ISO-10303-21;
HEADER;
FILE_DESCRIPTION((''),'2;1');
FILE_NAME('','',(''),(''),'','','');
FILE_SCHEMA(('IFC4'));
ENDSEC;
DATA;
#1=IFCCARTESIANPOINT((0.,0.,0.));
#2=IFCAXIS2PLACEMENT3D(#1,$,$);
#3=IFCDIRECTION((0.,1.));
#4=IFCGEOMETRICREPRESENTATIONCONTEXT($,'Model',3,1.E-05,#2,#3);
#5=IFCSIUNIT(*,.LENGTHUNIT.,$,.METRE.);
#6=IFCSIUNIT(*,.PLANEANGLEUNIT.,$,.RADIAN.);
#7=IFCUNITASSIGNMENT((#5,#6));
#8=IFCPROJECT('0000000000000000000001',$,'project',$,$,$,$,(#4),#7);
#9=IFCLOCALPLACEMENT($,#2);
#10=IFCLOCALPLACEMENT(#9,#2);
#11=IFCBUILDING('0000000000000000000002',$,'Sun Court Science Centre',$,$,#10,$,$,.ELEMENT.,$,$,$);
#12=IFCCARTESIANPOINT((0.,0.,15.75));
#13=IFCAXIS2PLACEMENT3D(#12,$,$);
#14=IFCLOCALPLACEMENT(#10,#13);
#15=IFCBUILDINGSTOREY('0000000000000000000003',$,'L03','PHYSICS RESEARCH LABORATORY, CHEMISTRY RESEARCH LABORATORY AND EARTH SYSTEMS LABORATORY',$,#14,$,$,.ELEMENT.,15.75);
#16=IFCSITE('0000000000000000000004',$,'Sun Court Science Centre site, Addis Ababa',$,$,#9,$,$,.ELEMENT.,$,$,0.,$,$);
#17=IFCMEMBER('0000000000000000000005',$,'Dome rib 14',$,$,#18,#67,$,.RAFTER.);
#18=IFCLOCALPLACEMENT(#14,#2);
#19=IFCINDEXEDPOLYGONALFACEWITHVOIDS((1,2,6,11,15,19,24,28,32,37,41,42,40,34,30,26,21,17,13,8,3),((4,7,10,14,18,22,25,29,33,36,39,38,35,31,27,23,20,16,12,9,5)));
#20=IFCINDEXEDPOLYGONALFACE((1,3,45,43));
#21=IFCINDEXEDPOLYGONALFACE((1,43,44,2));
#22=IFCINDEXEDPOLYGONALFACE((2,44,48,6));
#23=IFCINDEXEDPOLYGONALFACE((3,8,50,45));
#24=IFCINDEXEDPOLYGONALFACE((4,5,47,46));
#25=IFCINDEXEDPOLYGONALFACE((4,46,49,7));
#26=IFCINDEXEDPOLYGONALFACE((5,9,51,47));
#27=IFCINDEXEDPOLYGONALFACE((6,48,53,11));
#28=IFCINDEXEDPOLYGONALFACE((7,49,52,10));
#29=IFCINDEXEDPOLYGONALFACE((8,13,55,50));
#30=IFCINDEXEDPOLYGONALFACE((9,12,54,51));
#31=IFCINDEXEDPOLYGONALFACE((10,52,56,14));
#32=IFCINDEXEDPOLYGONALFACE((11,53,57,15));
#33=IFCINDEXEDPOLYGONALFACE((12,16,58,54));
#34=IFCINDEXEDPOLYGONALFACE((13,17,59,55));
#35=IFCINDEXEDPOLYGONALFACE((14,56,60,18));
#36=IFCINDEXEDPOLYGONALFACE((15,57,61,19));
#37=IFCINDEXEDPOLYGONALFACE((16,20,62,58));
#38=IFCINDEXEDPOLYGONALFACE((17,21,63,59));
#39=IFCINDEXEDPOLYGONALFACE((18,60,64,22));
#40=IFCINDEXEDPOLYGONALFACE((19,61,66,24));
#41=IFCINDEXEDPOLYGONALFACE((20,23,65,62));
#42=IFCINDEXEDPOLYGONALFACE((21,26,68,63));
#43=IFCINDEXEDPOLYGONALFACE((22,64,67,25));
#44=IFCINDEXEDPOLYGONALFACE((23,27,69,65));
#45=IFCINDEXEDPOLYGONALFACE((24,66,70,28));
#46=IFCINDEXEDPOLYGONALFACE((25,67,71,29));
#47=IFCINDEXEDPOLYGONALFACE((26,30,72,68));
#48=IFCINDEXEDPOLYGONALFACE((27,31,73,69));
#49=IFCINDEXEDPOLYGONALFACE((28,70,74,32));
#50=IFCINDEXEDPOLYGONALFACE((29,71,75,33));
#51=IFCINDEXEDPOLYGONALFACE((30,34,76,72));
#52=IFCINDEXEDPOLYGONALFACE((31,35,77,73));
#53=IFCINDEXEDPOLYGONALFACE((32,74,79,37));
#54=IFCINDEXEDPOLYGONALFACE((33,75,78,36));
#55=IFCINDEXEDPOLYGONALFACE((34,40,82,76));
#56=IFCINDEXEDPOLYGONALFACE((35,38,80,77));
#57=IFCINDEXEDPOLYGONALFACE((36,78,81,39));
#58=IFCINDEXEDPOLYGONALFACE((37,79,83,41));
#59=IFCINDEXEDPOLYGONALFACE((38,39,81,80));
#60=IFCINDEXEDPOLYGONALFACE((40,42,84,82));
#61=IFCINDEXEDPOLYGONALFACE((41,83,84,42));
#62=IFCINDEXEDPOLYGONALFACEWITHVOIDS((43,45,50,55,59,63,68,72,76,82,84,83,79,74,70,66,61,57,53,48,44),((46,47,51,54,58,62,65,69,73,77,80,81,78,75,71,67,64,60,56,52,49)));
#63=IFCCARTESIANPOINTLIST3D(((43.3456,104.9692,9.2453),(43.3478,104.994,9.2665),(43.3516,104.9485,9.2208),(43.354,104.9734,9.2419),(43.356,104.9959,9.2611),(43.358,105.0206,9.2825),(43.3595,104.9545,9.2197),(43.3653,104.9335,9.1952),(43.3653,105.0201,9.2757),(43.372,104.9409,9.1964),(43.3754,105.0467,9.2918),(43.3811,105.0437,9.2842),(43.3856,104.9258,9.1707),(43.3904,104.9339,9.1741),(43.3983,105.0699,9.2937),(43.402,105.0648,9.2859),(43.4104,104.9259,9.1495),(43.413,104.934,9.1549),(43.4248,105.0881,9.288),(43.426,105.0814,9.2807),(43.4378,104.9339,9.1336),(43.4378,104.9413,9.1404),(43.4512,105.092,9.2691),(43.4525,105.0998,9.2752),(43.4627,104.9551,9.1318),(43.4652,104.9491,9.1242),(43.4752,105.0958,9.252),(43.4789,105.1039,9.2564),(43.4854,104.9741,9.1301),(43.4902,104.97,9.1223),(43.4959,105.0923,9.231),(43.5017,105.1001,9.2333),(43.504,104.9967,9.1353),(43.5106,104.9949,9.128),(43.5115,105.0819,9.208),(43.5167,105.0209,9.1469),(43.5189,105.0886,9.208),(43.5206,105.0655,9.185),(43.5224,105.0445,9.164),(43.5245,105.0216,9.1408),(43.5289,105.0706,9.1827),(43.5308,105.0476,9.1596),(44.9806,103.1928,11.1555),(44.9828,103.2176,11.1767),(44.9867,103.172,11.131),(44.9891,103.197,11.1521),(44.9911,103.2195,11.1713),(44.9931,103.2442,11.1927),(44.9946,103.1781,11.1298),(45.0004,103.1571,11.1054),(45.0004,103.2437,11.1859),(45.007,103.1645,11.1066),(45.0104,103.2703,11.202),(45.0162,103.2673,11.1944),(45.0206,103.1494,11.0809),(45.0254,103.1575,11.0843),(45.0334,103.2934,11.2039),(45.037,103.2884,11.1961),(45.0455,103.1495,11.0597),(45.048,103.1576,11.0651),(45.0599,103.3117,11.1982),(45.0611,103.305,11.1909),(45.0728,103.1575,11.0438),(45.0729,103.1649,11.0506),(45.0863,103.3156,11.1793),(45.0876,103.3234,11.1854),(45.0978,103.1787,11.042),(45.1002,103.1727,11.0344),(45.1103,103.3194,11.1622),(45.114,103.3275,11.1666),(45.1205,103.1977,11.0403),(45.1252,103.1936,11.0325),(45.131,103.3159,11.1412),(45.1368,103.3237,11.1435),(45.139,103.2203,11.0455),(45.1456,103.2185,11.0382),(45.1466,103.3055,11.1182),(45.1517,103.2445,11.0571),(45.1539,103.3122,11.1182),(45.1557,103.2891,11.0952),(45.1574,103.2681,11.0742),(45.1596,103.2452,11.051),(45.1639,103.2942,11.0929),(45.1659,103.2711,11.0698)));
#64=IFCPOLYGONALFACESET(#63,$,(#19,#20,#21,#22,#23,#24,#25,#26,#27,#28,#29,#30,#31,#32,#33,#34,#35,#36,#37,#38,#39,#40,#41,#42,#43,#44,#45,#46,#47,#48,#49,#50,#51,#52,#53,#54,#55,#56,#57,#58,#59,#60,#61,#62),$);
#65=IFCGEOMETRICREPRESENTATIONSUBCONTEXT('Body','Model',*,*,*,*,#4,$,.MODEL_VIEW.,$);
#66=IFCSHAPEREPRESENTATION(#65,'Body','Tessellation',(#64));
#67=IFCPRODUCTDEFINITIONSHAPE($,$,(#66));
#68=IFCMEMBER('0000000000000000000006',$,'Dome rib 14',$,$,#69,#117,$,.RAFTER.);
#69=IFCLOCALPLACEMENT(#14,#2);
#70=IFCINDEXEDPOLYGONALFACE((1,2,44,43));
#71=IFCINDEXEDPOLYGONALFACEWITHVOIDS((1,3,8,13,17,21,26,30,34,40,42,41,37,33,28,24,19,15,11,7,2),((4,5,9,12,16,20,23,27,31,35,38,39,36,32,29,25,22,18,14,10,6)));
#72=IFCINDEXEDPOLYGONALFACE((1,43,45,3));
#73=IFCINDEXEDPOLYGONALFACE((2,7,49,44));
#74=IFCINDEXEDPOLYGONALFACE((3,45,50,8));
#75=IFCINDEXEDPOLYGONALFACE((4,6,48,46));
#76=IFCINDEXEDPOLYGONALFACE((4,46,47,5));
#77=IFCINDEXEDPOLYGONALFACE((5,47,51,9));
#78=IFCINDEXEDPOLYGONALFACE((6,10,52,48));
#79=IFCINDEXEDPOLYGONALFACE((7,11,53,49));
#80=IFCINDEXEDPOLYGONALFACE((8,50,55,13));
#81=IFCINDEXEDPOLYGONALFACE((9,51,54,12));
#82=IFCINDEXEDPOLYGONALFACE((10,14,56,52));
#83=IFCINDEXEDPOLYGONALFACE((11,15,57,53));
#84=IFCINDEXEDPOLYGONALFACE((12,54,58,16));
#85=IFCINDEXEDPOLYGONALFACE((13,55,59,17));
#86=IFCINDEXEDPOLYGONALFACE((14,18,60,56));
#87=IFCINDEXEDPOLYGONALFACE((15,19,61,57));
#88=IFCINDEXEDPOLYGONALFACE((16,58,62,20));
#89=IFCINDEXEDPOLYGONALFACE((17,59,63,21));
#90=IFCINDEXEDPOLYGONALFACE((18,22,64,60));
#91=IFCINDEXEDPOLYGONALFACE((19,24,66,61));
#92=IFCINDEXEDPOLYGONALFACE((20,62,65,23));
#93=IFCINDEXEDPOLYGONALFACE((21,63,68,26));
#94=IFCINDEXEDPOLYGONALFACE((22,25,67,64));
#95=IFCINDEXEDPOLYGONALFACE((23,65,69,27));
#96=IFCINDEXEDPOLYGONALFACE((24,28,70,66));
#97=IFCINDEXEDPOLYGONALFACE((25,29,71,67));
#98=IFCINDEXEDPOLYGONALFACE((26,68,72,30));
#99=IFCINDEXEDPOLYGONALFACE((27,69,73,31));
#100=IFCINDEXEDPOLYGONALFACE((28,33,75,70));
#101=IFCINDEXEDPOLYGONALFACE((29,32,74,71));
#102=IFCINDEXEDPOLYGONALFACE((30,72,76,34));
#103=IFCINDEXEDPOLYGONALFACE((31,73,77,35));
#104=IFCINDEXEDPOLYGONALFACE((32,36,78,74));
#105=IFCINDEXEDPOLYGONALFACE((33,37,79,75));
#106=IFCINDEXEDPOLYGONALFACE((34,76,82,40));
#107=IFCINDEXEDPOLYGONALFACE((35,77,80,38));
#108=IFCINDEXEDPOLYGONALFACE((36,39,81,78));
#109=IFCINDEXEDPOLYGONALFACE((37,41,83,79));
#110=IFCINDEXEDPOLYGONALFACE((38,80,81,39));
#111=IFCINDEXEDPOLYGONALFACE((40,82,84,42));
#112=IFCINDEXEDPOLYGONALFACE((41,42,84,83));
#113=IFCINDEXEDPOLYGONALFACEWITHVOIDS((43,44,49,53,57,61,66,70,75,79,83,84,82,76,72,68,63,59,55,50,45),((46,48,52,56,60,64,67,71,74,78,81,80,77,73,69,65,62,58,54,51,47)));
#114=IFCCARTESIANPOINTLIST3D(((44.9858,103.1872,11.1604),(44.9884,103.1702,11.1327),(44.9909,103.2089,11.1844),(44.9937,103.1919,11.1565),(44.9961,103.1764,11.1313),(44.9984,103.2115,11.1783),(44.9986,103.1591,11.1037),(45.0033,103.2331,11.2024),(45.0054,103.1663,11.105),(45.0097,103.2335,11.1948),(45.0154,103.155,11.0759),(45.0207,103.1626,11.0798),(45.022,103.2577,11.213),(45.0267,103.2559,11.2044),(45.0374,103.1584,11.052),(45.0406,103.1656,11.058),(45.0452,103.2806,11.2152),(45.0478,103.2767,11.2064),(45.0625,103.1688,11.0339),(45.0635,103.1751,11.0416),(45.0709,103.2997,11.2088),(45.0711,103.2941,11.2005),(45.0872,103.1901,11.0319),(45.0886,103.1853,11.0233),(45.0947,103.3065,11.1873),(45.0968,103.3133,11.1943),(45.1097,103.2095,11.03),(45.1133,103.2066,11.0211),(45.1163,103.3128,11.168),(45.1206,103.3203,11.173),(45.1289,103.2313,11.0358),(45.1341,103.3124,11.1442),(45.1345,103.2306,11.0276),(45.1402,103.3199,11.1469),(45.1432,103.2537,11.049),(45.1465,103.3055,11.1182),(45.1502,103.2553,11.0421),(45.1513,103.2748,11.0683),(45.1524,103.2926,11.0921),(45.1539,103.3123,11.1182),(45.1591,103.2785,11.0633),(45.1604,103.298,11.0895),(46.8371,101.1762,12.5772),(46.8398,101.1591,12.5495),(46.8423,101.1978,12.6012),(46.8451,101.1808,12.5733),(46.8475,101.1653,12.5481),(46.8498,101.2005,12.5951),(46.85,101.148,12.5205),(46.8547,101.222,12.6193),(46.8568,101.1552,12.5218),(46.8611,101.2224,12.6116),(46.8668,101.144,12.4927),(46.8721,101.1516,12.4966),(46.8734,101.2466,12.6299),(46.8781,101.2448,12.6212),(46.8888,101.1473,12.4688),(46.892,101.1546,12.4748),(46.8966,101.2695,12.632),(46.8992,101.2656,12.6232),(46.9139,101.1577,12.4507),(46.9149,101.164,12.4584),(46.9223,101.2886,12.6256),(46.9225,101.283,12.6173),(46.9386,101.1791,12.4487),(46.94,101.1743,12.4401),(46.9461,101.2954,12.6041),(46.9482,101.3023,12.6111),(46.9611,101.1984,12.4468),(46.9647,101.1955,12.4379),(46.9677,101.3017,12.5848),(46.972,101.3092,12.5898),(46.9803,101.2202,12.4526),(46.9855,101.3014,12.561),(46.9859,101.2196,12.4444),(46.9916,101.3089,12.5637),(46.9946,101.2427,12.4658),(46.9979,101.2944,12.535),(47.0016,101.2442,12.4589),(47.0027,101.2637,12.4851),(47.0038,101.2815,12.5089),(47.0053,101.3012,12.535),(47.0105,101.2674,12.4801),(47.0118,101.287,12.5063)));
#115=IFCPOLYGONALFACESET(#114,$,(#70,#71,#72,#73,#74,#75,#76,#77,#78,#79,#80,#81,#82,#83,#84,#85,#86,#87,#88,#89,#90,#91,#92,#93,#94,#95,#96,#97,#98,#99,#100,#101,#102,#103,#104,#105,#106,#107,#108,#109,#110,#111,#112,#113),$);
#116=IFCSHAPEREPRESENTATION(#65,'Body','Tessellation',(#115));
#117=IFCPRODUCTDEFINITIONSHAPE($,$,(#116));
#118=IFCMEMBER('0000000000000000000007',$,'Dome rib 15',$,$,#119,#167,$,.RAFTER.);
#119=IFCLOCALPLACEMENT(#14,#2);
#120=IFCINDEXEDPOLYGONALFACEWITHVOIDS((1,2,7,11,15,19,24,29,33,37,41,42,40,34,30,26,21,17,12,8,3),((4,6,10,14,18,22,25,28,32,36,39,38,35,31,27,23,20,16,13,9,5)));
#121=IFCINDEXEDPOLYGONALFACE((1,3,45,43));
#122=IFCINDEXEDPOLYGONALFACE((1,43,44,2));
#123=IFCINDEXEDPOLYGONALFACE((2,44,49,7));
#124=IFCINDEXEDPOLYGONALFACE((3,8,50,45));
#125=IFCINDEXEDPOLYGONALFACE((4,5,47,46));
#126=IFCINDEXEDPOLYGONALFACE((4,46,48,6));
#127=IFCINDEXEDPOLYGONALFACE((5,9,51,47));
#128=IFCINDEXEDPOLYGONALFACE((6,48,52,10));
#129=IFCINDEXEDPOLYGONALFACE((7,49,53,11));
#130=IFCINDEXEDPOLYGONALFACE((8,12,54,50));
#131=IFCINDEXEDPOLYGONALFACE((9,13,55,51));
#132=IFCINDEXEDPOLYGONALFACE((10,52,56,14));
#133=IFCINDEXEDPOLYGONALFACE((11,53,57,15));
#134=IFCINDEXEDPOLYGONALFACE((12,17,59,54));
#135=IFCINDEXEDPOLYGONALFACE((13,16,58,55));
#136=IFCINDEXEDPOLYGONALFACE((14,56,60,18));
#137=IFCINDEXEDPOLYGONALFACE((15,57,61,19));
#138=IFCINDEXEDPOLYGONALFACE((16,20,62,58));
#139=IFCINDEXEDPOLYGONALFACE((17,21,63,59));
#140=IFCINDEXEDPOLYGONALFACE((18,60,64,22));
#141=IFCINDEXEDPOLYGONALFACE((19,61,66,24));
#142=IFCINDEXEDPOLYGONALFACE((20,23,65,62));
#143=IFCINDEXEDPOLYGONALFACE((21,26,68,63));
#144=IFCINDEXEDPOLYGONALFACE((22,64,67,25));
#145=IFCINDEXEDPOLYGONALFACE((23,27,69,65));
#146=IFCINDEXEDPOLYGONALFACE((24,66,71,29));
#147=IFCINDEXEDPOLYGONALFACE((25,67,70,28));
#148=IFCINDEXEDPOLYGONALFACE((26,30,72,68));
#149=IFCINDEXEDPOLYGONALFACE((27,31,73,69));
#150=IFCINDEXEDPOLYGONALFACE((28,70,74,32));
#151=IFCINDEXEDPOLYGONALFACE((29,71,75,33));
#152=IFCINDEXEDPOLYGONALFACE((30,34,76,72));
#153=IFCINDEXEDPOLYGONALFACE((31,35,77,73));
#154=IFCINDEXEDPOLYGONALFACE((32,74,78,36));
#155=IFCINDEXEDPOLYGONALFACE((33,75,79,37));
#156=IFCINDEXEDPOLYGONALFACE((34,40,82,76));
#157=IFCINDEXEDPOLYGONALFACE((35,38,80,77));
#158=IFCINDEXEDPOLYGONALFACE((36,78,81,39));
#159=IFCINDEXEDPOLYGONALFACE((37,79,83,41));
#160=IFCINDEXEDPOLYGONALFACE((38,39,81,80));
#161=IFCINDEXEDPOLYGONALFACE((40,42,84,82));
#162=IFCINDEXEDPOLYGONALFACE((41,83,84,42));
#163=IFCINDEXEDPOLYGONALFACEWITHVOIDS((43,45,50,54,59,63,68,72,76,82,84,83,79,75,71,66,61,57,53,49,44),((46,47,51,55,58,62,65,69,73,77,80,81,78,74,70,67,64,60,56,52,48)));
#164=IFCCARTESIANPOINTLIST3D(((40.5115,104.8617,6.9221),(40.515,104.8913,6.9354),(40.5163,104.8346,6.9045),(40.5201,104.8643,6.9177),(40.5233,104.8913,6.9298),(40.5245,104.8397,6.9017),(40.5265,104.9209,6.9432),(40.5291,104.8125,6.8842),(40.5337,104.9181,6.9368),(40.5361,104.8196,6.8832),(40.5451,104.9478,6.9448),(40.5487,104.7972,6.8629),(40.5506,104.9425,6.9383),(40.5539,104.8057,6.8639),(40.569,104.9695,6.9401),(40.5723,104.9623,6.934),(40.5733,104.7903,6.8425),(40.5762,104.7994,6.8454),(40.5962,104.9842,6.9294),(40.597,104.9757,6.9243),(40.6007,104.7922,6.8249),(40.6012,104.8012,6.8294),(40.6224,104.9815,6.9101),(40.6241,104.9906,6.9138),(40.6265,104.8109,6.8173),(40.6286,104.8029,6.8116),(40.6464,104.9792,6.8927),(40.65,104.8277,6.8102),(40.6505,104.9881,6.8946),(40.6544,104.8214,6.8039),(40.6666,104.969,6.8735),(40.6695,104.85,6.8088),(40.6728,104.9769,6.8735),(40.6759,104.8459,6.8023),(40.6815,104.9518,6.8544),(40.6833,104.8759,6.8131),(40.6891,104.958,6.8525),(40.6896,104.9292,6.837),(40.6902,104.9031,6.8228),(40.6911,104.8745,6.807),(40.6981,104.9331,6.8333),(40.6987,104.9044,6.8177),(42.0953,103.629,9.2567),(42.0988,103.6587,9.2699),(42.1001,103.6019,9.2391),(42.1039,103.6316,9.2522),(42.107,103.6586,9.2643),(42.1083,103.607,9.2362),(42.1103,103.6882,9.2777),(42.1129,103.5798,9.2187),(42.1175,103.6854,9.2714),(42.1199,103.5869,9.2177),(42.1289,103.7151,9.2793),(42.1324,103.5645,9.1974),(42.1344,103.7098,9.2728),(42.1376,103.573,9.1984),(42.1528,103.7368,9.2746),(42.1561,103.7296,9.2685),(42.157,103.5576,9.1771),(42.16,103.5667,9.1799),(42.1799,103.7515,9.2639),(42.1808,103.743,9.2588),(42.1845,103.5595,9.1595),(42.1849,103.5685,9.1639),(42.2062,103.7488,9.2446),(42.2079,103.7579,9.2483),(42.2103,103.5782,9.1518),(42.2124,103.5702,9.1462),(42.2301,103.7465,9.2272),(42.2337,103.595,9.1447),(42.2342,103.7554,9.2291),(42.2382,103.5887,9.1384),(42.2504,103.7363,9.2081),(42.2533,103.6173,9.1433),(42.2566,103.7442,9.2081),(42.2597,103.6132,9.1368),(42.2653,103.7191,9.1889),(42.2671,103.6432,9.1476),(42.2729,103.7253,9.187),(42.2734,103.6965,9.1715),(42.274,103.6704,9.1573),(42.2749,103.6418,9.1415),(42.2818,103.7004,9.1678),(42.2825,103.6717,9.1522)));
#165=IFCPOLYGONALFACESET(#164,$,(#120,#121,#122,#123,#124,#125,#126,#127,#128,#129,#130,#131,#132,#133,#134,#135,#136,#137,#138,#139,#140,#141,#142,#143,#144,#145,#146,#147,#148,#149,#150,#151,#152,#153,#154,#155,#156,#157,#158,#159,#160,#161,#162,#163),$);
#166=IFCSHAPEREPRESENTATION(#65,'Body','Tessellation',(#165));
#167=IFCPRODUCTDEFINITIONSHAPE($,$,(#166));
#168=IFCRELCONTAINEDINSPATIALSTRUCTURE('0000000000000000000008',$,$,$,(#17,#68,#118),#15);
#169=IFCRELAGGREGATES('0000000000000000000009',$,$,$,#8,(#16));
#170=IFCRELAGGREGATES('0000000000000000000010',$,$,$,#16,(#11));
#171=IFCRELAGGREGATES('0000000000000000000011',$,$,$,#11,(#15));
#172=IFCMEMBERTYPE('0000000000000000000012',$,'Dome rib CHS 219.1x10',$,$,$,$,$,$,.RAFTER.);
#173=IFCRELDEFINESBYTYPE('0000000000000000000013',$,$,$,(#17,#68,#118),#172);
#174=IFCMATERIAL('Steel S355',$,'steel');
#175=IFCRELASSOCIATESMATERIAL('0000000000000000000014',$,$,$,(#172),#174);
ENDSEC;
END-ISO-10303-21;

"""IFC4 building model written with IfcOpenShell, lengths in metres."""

from ifc_helpers import new_model, si_unit, direction, frame, origin, origin_2d, place, context, subcontext, project, spatial, hollow_circle, extrude, material, material_profile, profile_set, type_object, element, save


model = new_model("IFC4")

# Units and contexts
model_context = context("Model", 3, precision=1e-05, world=origin(), true_north=direction((0.0, 1.0)))
body_context = subcontext(model_context, "Body", "Model", "MODEL_VIEW")
ifc_project = project(units=[si_unit("LENGTHUNIT", "METRE"), si_unit("PLANEANGLEUNIT", "RADIAN")], contexts=[model_context])

# Site, building, storey
site_placement = place(None, origin())
site = spatial("IfcSite", under=ifc_project, at=site_placement, Name="Sun Court Science Centre site, Addis Ababa", CompositionType="ELEMENT", RefElevation=0.0)
building_placement = place(site_placement, origin())
building = spatial("IfcBuilding", under=site, at=building_placement, Name="Sun Court Science Centre", CompositionType="ELEMENT")
storey_placement = place(building_placement, frame((0.0, 0.0, 15.75)))
storey = spatial("IfcBuildingStorey", under=building, at=storey_placement, Name="L03", Description="PHYSICS RESEARCH LABORATORY, CHEMISTRY RESEARCH LABORATORY AND EARTH SYSTEMS LABORATORY", CompositionType="ELEMENT", Elevation=15.75)

# Members
ifc_material_1 = material(Name="Steel S355", Category="steel")
ifc_material_profile_1 = material_profile(ifc_material_1, hollow_circle(Radius=0.1096, WallThickness=0.01, at=origin_2d()), Name="CHS 219.1x10")
ifc_profile_set_1 = profile_set([ifc_material_profile_1], Name="Steel S355")
member_type_1 = type_object("IfcMemberType", Name="Dome rib CHS 219.1x10", PredefinedType="RAFTER", material=ifc_profile_set_1)
for number, where, z_axis, x_axis, name in (
    (1, (43.4382, 105.0144, 9.208), (0.531098, -0.577015, 0.620474), (0.735776, 0.677225, 0.0), "Dome rib 14"),
):
    element("IfcMember", number, at=place(storey_placement, frame(where, z_axis=z_axis, x_axis=x_axis)), inside=storey, type_object=member_type_1, Name=name, PredefinedType="RAFTER", context=body_context, shape_type="SweptSolid", body=[
        extrude(hollow_circle(Radius=0.1096, WallThickness=0.01, at=origin_2d()), origin(), (0.0, 0.0, 1.0), 3.0786),
    ])
member_1_placement = place(storey_placement, frame((45.0732, 103.238, 11.1182), z_axis=(0.601324, -0.653186, 0.460172), x_axis=(0.73571, 0.677296, 0.0)))
element("IfcMember", 2, at=member_1_placement, inside=storey, type_object=member_type_1, Name="Dome rib 14", PredefinedType="RAFTER", context=body_context, shape_type="SweptSolid", body=[
    extrude(hollow_circle(Radius=0.1096, WallThickness=0.01, at=origin_2d()), origin(), (0.0, 0.0, 1.0), 3.0789),
])
for number, where, z_axis, x_axis, name in (
    (3, (40.6055, 104.8904, 6.8735), (0.514444, -0.400405, 0.758303), (0.61421, 0.789143, 0.0), "Dome rib 15"),
):
    element("IfcMember", number, at=place(storey_placement, frame(where, z_axis=z_axis, x_axis=x_axis)), inside=storey, type_object=member_type_1, Name=name, PredefinedType="RAFTER", context=body_context, shape_type="SweptSolid", body=[
        extrude(hollow_circle(Radius=0.1096, WallThickness=0.01, at=origin_2d()), origin(), (0.0, 0.0, 1.0), 3.0786),
    ])

save(model, "model.ifc")
